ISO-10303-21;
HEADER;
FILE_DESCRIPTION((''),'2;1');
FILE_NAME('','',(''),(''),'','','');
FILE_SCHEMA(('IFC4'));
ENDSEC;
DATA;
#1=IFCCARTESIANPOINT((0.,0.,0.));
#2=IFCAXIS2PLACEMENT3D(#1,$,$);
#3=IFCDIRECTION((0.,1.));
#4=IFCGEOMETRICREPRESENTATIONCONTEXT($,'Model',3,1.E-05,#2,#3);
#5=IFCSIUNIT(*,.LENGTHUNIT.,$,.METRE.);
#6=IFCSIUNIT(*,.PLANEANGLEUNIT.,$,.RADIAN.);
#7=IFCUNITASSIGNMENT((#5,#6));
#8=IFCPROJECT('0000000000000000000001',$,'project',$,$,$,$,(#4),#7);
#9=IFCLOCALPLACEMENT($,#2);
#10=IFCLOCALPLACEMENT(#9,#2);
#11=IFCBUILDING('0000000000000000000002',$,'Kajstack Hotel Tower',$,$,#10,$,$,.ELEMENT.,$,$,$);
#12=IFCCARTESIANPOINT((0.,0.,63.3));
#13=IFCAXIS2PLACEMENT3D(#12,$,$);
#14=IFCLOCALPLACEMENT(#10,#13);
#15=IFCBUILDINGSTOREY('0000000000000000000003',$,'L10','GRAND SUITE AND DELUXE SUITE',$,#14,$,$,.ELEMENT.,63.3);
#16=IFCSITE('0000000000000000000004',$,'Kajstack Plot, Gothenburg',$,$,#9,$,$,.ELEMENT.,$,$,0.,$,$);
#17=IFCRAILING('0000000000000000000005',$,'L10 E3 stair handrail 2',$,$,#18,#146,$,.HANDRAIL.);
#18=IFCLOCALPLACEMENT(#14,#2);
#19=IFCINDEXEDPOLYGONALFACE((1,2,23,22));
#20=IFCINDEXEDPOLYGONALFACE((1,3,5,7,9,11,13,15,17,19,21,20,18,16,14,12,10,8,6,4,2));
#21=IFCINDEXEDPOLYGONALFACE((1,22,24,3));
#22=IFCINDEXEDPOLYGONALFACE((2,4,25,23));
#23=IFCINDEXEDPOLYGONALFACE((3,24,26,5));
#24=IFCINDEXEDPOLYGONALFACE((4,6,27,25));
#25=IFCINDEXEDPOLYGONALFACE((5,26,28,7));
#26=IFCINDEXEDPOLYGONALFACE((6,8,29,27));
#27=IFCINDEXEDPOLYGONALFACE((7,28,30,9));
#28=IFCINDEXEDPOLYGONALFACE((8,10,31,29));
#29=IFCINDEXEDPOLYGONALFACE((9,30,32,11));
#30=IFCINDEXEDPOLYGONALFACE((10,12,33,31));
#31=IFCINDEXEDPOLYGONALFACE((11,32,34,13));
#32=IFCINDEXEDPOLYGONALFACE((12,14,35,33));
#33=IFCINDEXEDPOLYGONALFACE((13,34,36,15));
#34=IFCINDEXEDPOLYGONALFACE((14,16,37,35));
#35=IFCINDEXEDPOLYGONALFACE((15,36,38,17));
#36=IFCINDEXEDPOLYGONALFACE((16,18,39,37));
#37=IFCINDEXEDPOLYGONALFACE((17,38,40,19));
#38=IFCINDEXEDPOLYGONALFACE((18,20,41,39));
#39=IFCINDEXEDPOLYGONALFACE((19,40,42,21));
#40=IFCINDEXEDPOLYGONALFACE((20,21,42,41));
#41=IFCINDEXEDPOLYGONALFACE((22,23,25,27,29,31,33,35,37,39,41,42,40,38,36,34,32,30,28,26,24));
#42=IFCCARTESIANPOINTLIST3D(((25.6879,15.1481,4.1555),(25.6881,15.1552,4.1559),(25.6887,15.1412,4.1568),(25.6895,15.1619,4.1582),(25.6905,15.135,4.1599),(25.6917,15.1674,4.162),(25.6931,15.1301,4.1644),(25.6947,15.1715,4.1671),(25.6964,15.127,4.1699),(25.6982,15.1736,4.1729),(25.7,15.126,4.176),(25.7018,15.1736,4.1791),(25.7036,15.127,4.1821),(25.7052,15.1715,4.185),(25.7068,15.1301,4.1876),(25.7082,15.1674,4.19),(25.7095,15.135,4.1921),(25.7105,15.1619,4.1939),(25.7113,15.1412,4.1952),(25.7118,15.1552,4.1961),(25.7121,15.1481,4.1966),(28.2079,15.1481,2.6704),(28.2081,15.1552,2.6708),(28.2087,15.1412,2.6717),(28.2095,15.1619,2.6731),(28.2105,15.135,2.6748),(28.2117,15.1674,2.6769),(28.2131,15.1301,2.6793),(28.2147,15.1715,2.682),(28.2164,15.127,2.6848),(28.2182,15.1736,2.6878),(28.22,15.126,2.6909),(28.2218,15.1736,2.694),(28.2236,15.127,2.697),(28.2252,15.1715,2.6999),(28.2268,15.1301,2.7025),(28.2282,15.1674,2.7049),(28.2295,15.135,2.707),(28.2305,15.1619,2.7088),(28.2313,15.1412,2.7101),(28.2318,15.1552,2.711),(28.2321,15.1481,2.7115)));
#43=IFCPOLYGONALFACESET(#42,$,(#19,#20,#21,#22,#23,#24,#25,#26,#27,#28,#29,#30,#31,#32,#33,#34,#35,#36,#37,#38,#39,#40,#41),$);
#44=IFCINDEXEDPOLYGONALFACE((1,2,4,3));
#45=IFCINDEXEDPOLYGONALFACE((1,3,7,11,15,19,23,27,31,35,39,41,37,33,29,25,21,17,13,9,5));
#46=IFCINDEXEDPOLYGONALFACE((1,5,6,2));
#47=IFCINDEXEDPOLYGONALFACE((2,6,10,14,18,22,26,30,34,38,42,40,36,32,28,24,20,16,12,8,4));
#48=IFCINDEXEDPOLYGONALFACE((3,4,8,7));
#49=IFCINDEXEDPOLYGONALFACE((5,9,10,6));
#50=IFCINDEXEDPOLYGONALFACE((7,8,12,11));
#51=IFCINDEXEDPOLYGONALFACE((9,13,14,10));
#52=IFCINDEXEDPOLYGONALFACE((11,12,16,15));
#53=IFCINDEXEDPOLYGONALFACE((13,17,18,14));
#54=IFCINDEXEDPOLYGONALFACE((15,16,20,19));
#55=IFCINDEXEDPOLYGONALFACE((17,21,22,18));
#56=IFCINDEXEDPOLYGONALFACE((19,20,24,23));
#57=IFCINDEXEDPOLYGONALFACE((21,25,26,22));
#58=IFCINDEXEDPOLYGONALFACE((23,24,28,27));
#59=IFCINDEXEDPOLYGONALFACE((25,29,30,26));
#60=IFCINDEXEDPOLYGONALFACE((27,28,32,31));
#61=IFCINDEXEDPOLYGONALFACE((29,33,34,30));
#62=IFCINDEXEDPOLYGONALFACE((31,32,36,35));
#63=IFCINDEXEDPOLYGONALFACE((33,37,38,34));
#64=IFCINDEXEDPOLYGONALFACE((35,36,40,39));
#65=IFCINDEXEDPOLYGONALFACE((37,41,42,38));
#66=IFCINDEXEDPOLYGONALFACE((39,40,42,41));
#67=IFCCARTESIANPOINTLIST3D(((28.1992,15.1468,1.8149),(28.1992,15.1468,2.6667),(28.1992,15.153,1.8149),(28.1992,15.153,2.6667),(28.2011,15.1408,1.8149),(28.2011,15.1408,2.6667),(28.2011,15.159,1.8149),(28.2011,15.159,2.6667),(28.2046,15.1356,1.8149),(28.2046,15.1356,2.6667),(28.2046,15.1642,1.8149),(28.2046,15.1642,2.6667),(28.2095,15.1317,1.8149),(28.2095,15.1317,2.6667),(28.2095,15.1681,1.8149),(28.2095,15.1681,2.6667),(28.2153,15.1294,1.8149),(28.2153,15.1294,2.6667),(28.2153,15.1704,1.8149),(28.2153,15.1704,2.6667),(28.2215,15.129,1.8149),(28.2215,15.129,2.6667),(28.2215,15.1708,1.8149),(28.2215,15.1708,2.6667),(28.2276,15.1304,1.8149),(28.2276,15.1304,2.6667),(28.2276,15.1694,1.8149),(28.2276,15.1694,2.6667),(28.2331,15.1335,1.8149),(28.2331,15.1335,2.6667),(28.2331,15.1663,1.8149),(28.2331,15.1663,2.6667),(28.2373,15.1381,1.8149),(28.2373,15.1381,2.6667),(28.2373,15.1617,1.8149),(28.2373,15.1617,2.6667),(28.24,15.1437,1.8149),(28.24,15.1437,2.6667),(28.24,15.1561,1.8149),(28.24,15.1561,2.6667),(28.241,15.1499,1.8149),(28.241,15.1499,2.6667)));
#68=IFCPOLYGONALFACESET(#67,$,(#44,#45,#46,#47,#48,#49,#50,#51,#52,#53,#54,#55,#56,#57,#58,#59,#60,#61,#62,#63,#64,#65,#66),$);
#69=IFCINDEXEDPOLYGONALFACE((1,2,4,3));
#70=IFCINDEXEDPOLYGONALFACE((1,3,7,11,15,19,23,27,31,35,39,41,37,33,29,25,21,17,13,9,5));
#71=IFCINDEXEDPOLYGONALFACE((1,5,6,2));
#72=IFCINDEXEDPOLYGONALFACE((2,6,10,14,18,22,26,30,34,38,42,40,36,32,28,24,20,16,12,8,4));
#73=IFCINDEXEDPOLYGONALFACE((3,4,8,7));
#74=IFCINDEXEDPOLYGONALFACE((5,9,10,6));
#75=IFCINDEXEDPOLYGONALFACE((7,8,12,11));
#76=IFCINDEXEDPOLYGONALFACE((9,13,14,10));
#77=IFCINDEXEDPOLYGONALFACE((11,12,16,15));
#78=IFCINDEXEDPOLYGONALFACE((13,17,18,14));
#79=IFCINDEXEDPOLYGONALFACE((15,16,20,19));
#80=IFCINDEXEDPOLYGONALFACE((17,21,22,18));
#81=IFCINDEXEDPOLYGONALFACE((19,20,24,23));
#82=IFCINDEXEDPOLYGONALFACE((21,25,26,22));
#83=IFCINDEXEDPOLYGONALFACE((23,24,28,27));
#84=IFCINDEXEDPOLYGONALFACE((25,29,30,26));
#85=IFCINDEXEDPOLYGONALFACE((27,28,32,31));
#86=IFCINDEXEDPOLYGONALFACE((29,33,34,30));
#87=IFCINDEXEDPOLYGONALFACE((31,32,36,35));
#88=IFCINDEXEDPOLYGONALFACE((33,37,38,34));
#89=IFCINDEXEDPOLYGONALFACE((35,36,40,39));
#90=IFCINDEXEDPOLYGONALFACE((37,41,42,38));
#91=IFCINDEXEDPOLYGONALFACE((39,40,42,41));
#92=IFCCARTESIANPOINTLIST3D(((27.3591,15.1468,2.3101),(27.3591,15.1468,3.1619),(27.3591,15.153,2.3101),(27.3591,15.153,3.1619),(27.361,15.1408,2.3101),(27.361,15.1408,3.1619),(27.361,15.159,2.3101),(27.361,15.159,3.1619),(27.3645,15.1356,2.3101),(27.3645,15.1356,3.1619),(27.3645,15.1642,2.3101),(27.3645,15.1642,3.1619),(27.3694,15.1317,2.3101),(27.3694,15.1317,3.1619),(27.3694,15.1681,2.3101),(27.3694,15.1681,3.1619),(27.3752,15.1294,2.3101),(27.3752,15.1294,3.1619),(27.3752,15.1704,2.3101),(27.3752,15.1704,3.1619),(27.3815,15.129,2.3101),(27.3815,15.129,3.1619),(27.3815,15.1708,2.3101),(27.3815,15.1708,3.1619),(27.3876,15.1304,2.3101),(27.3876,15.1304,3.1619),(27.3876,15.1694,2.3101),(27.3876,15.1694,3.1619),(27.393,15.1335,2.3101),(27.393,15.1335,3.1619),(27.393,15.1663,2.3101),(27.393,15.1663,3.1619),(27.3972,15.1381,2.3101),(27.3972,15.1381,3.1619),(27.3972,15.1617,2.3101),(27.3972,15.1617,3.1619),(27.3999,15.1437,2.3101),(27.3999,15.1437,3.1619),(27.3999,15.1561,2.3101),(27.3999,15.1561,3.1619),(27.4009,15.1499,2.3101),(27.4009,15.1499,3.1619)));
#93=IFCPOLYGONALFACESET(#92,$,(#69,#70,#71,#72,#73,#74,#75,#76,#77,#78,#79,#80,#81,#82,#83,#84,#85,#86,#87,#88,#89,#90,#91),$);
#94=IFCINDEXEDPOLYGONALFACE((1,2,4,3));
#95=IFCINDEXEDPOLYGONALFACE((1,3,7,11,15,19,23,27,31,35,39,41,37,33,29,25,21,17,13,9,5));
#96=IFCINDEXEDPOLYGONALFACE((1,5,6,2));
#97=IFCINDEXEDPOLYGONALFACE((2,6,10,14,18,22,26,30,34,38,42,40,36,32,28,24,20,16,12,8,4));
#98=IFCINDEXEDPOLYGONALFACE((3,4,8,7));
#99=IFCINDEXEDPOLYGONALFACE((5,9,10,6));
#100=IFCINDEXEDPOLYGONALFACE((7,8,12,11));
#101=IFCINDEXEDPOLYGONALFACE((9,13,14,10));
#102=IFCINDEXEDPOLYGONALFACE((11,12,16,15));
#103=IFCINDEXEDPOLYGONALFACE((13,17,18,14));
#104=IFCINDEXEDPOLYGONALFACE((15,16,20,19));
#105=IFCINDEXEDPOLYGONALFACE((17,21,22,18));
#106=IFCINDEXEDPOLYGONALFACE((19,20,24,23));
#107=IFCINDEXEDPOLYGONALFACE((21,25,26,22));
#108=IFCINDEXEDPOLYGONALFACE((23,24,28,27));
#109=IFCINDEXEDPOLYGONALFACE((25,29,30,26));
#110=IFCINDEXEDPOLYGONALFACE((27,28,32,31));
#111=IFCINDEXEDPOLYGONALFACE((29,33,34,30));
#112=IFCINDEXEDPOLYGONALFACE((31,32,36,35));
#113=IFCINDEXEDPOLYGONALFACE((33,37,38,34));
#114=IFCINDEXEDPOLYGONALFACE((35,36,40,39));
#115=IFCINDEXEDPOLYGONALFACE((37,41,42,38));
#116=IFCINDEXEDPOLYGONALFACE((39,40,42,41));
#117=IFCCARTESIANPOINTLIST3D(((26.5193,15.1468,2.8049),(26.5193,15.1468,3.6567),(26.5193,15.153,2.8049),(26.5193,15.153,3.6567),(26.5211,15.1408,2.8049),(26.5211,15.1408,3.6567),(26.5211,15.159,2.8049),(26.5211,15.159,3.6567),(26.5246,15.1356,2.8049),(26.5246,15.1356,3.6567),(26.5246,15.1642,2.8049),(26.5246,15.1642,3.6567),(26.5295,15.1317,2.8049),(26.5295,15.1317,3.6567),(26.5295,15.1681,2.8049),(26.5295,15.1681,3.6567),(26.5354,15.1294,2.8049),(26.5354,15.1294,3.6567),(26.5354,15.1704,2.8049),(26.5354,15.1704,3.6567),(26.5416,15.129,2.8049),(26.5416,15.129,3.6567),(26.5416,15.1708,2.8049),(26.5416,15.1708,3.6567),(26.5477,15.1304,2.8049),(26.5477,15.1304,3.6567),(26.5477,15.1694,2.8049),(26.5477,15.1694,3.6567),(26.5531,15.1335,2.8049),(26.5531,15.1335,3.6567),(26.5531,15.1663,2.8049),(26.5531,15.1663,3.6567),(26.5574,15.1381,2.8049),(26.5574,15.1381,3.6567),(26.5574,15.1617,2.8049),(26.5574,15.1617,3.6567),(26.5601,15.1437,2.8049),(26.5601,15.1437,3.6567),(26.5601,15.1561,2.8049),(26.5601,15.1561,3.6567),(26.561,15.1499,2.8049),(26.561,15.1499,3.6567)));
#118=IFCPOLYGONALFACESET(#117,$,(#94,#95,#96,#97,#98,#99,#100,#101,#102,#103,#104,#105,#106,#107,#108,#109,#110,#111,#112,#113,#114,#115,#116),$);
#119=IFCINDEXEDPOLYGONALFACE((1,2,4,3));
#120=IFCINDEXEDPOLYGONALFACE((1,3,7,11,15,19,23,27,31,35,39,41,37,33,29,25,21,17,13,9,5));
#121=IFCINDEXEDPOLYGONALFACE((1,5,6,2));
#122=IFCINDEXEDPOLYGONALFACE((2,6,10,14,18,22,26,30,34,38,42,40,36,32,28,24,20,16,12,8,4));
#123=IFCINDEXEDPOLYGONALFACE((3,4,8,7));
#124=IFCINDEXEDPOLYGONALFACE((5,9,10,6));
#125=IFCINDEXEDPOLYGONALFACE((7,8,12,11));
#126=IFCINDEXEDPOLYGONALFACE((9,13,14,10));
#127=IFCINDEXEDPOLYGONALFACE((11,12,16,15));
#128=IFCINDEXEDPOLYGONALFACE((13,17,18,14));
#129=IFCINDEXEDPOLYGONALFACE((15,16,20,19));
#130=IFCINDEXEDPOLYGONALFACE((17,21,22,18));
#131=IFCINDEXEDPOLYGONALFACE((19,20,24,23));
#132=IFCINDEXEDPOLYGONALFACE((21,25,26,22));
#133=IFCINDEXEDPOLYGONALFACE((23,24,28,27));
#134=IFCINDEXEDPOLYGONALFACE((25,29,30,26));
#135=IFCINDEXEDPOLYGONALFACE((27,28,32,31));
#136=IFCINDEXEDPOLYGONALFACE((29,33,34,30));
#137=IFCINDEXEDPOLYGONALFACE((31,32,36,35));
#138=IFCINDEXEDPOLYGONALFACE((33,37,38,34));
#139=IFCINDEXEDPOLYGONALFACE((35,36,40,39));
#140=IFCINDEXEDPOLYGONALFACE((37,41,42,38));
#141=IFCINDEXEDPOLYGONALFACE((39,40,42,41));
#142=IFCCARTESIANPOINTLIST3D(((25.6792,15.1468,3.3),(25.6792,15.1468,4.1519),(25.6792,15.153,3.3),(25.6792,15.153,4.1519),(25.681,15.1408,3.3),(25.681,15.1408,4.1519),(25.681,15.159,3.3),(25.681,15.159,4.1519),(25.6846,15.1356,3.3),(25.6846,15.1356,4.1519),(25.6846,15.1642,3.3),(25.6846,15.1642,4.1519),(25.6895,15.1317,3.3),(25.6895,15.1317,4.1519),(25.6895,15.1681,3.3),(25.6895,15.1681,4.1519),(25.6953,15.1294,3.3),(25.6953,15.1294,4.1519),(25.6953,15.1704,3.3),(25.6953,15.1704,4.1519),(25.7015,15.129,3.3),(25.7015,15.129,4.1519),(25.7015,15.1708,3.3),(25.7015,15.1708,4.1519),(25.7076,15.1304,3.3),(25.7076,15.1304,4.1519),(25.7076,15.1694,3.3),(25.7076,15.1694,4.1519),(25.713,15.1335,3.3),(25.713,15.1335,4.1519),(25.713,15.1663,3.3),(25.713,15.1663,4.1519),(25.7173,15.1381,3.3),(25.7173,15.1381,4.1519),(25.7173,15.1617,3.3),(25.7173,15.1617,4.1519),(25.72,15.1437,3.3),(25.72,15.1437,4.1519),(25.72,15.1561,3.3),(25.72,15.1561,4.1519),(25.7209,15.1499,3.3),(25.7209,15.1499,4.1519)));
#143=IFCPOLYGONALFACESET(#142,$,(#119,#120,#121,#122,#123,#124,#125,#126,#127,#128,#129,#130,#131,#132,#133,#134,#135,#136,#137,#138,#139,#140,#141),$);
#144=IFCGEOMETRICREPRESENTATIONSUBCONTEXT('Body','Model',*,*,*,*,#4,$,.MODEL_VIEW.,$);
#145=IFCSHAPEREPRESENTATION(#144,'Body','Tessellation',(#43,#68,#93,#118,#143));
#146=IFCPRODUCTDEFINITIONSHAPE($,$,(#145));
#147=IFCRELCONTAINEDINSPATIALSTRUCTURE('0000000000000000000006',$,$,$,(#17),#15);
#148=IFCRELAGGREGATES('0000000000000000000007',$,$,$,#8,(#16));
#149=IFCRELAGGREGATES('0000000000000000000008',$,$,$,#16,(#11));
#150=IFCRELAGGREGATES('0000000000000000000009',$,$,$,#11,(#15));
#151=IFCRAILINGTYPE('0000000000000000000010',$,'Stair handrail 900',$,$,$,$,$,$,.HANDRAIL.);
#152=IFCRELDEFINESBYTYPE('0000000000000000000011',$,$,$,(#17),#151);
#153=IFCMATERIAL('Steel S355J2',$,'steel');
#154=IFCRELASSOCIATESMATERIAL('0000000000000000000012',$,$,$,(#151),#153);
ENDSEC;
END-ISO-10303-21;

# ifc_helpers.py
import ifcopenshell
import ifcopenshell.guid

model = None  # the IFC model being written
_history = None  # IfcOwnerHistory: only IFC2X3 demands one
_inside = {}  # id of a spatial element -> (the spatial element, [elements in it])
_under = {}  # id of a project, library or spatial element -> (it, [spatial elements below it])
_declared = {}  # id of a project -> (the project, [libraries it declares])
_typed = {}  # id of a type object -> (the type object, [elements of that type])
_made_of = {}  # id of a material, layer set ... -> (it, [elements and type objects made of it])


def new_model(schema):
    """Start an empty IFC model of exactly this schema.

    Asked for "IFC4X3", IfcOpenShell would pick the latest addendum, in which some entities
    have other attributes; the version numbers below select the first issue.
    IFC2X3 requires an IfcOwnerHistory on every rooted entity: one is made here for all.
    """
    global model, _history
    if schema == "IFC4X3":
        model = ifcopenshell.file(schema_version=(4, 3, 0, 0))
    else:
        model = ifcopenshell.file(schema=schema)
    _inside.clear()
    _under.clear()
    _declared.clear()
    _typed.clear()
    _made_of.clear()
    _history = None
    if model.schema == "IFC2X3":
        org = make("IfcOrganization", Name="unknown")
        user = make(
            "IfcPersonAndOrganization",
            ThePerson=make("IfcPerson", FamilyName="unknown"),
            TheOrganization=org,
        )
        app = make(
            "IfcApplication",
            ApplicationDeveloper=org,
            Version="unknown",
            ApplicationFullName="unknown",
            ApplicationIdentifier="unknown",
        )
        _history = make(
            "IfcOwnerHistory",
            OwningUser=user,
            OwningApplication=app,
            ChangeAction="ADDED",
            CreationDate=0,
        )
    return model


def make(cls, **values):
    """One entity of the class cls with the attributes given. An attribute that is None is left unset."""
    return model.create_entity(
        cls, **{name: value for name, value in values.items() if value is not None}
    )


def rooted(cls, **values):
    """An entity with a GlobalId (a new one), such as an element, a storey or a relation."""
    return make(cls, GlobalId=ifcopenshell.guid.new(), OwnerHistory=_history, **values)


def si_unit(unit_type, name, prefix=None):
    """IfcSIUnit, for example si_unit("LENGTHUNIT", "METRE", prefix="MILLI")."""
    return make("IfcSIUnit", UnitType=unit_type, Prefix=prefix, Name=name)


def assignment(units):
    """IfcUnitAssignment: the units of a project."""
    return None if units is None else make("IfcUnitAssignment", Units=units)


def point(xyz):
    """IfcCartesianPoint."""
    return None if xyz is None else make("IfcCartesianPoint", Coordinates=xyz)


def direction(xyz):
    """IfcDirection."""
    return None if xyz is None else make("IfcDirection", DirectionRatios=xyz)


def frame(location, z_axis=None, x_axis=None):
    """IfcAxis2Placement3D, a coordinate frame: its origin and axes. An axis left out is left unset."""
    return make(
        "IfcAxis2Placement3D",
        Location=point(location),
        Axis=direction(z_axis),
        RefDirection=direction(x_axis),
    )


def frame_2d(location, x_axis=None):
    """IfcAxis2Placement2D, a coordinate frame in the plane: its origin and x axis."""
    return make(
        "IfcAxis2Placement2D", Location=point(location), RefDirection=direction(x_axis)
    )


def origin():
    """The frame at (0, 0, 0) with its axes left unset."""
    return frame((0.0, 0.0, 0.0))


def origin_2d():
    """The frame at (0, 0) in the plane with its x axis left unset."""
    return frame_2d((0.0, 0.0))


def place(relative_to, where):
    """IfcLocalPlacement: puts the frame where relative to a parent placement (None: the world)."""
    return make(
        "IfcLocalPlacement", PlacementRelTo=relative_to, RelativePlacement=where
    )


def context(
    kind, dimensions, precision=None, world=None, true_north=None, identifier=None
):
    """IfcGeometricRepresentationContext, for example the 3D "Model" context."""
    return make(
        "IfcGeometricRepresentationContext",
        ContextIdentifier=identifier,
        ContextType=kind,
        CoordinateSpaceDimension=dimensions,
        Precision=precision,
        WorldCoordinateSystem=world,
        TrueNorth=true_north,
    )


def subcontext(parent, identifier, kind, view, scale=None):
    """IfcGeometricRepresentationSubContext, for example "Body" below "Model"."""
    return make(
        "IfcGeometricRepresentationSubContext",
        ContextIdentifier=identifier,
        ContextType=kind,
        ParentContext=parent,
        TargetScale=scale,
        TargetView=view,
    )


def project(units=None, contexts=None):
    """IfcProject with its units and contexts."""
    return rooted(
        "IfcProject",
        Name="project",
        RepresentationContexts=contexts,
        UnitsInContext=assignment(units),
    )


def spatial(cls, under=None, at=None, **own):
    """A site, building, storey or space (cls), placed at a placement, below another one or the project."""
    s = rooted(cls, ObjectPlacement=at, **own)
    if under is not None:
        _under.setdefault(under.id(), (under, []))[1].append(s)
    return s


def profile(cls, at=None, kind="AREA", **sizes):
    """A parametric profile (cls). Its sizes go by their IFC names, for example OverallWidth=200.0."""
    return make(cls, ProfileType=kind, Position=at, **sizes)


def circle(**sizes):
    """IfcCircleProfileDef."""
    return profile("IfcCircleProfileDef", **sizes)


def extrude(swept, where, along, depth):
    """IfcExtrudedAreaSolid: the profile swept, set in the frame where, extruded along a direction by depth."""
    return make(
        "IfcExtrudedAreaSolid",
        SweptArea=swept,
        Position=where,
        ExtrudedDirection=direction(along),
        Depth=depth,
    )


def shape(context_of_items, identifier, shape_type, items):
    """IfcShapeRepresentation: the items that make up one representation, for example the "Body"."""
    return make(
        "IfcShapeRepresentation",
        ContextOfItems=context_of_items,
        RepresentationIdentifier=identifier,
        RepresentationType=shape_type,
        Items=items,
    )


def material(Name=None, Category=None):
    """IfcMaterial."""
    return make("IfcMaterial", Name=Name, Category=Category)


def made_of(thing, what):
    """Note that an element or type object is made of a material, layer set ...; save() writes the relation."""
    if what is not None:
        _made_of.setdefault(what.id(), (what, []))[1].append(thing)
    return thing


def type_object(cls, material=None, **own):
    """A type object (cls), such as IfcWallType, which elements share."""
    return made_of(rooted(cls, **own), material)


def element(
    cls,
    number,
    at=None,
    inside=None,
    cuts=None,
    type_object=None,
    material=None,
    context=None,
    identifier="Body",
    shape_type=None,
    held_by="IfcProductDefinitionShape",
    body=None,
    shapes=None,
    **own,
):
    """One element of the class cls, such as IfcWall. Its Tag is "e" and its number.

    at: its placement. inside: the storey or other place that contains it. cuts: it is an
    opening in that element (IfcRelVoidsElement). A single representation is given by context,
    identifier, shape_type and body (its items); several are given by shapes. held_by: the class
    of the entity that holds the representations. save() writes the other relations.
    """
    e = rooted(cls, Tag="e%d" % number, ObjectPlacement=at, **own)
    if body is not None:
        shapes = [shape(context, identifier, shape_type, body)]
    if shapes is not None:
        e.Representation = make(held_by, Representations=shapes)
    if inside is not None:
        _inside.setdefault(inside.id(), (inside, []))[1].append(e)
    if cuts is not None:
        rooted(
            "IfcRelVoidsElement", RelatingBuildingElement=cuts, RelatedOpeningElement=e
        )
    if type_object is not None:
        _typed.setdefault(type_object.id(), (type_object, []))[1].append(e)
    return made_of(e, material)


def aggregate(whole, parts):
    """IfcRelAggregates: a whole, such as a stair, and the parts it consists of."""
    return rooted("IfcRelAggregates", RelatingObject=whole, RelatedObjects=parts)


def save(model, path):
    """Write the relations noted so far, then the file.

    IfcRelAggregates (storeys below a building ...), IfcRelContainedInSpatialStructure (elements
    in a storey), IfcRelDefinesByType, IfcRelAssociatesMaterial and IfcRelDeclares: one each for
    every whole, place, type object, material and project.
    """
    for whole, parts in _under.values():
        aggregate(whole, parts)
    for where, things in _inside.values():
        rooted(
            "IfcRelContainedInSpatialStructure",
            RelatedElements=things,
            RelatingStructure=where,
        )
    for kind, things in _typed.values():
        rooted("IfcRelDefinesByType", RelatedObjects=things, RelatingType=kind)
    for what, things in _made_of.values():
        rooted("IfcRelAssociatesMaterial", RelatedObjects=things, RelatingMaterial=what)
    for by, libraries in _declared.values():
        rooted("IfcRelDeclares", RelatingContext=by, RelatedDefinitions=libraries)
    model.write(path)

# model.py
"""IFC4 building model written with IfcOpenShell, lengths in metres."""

from ifc_helpers import new_model, si_unit, direction, frame, origin, origin_2d, place, context, subcontext, project, spatial, circle, extrude, material, type_object, element, save


model = new_model("IFC4")

# Units and contexts
model_context = context("Model", 3, precision=1e-05, world=origin(), true_north=direction((0.0, 1.0)))
body_context = subcontext(model_context, "Body", "Model", "MODEL_VIEW")
ifc_project = project(units=[si_unit("LENGTHUNIT", "METRE"), si_unit("PLANEANGLEUNIT", "RADIAN")], contexts=[model_context])

# Site, building, storey
site_placement = place(None, origin())
site = spatial("IfcSite", under=ifc_project, at=site_placement, Name="Kajstack Plot, Gothenburg", CompositionType="ELEMENT", RefElevation=0.0)
building_placement = place(site_placement, origin())
building = spatial("IfcBuilding", under=site, at=building_placement, Name="Kajstack Hotel Tower", CompositionType="ELEMENT")
storey_placement = place(building_placement, frame((0.0, 0.0, 63.3)))
storey = spatial("IfcBuildingStorey", under=building, at=storey_placement, Name="L10", Description="GRAND SUITE AND DELUXE SUITE", CompositionType="ELEMENT", Elevation=63.3)

# Railing
ifc_material_1 = material(Name="Steel S355J2", Category="steel")
railing_type_1 = type_object("IfcRailingType", Name="Stair handrail 900", PredefinedType="HANDRAIL", material=ifc_material_1)
railing_1_placement = place(storey_placement, frame((28.22, 15.1499, 1.8149)))
element("IfcRailing", 1, at=railing_1_placement, inside=storey, type_object=railing_type_1, Name="L10 E3 stair handrail 2", PredefinedType="HANDRAIL", context=body_context, shape_type="SweptSolid", body=[
    extrude(circle(Radius=0.0239, at=origin_2d()), frame((0.0, 0.0, 0.876), z_axis=(-0.861524, 0.0, 0.507717), x_axis=(0.0, -1.0, 0.0)), (0.0, 0.0, 1.0), 2.925),
    extrude(circle(Radius=0.021, at=origin_2d()), origin(), (0.0, 0.0, 1.0), 0.8518),
    extrude(circle(Radius=0.021, at=origin_2d()), frame((-0.8401, 0.0, 0.4951)), (0.0, 0.0, 1.0), 0.8518),
    extrude(circle(Radius=0.021, at=origin_2d()), frame((-1.6799, 0.0, 0.99)), (0.0, 0.0, 1.0), 0.8518),
    extrude(circle(Radius=0.021, at=origin_2d()), frame((-2.52, 0.0, 1.4851)), (0.0, 0.0, 1.0), 0.8518),
])

save(model, "model.ifc")
